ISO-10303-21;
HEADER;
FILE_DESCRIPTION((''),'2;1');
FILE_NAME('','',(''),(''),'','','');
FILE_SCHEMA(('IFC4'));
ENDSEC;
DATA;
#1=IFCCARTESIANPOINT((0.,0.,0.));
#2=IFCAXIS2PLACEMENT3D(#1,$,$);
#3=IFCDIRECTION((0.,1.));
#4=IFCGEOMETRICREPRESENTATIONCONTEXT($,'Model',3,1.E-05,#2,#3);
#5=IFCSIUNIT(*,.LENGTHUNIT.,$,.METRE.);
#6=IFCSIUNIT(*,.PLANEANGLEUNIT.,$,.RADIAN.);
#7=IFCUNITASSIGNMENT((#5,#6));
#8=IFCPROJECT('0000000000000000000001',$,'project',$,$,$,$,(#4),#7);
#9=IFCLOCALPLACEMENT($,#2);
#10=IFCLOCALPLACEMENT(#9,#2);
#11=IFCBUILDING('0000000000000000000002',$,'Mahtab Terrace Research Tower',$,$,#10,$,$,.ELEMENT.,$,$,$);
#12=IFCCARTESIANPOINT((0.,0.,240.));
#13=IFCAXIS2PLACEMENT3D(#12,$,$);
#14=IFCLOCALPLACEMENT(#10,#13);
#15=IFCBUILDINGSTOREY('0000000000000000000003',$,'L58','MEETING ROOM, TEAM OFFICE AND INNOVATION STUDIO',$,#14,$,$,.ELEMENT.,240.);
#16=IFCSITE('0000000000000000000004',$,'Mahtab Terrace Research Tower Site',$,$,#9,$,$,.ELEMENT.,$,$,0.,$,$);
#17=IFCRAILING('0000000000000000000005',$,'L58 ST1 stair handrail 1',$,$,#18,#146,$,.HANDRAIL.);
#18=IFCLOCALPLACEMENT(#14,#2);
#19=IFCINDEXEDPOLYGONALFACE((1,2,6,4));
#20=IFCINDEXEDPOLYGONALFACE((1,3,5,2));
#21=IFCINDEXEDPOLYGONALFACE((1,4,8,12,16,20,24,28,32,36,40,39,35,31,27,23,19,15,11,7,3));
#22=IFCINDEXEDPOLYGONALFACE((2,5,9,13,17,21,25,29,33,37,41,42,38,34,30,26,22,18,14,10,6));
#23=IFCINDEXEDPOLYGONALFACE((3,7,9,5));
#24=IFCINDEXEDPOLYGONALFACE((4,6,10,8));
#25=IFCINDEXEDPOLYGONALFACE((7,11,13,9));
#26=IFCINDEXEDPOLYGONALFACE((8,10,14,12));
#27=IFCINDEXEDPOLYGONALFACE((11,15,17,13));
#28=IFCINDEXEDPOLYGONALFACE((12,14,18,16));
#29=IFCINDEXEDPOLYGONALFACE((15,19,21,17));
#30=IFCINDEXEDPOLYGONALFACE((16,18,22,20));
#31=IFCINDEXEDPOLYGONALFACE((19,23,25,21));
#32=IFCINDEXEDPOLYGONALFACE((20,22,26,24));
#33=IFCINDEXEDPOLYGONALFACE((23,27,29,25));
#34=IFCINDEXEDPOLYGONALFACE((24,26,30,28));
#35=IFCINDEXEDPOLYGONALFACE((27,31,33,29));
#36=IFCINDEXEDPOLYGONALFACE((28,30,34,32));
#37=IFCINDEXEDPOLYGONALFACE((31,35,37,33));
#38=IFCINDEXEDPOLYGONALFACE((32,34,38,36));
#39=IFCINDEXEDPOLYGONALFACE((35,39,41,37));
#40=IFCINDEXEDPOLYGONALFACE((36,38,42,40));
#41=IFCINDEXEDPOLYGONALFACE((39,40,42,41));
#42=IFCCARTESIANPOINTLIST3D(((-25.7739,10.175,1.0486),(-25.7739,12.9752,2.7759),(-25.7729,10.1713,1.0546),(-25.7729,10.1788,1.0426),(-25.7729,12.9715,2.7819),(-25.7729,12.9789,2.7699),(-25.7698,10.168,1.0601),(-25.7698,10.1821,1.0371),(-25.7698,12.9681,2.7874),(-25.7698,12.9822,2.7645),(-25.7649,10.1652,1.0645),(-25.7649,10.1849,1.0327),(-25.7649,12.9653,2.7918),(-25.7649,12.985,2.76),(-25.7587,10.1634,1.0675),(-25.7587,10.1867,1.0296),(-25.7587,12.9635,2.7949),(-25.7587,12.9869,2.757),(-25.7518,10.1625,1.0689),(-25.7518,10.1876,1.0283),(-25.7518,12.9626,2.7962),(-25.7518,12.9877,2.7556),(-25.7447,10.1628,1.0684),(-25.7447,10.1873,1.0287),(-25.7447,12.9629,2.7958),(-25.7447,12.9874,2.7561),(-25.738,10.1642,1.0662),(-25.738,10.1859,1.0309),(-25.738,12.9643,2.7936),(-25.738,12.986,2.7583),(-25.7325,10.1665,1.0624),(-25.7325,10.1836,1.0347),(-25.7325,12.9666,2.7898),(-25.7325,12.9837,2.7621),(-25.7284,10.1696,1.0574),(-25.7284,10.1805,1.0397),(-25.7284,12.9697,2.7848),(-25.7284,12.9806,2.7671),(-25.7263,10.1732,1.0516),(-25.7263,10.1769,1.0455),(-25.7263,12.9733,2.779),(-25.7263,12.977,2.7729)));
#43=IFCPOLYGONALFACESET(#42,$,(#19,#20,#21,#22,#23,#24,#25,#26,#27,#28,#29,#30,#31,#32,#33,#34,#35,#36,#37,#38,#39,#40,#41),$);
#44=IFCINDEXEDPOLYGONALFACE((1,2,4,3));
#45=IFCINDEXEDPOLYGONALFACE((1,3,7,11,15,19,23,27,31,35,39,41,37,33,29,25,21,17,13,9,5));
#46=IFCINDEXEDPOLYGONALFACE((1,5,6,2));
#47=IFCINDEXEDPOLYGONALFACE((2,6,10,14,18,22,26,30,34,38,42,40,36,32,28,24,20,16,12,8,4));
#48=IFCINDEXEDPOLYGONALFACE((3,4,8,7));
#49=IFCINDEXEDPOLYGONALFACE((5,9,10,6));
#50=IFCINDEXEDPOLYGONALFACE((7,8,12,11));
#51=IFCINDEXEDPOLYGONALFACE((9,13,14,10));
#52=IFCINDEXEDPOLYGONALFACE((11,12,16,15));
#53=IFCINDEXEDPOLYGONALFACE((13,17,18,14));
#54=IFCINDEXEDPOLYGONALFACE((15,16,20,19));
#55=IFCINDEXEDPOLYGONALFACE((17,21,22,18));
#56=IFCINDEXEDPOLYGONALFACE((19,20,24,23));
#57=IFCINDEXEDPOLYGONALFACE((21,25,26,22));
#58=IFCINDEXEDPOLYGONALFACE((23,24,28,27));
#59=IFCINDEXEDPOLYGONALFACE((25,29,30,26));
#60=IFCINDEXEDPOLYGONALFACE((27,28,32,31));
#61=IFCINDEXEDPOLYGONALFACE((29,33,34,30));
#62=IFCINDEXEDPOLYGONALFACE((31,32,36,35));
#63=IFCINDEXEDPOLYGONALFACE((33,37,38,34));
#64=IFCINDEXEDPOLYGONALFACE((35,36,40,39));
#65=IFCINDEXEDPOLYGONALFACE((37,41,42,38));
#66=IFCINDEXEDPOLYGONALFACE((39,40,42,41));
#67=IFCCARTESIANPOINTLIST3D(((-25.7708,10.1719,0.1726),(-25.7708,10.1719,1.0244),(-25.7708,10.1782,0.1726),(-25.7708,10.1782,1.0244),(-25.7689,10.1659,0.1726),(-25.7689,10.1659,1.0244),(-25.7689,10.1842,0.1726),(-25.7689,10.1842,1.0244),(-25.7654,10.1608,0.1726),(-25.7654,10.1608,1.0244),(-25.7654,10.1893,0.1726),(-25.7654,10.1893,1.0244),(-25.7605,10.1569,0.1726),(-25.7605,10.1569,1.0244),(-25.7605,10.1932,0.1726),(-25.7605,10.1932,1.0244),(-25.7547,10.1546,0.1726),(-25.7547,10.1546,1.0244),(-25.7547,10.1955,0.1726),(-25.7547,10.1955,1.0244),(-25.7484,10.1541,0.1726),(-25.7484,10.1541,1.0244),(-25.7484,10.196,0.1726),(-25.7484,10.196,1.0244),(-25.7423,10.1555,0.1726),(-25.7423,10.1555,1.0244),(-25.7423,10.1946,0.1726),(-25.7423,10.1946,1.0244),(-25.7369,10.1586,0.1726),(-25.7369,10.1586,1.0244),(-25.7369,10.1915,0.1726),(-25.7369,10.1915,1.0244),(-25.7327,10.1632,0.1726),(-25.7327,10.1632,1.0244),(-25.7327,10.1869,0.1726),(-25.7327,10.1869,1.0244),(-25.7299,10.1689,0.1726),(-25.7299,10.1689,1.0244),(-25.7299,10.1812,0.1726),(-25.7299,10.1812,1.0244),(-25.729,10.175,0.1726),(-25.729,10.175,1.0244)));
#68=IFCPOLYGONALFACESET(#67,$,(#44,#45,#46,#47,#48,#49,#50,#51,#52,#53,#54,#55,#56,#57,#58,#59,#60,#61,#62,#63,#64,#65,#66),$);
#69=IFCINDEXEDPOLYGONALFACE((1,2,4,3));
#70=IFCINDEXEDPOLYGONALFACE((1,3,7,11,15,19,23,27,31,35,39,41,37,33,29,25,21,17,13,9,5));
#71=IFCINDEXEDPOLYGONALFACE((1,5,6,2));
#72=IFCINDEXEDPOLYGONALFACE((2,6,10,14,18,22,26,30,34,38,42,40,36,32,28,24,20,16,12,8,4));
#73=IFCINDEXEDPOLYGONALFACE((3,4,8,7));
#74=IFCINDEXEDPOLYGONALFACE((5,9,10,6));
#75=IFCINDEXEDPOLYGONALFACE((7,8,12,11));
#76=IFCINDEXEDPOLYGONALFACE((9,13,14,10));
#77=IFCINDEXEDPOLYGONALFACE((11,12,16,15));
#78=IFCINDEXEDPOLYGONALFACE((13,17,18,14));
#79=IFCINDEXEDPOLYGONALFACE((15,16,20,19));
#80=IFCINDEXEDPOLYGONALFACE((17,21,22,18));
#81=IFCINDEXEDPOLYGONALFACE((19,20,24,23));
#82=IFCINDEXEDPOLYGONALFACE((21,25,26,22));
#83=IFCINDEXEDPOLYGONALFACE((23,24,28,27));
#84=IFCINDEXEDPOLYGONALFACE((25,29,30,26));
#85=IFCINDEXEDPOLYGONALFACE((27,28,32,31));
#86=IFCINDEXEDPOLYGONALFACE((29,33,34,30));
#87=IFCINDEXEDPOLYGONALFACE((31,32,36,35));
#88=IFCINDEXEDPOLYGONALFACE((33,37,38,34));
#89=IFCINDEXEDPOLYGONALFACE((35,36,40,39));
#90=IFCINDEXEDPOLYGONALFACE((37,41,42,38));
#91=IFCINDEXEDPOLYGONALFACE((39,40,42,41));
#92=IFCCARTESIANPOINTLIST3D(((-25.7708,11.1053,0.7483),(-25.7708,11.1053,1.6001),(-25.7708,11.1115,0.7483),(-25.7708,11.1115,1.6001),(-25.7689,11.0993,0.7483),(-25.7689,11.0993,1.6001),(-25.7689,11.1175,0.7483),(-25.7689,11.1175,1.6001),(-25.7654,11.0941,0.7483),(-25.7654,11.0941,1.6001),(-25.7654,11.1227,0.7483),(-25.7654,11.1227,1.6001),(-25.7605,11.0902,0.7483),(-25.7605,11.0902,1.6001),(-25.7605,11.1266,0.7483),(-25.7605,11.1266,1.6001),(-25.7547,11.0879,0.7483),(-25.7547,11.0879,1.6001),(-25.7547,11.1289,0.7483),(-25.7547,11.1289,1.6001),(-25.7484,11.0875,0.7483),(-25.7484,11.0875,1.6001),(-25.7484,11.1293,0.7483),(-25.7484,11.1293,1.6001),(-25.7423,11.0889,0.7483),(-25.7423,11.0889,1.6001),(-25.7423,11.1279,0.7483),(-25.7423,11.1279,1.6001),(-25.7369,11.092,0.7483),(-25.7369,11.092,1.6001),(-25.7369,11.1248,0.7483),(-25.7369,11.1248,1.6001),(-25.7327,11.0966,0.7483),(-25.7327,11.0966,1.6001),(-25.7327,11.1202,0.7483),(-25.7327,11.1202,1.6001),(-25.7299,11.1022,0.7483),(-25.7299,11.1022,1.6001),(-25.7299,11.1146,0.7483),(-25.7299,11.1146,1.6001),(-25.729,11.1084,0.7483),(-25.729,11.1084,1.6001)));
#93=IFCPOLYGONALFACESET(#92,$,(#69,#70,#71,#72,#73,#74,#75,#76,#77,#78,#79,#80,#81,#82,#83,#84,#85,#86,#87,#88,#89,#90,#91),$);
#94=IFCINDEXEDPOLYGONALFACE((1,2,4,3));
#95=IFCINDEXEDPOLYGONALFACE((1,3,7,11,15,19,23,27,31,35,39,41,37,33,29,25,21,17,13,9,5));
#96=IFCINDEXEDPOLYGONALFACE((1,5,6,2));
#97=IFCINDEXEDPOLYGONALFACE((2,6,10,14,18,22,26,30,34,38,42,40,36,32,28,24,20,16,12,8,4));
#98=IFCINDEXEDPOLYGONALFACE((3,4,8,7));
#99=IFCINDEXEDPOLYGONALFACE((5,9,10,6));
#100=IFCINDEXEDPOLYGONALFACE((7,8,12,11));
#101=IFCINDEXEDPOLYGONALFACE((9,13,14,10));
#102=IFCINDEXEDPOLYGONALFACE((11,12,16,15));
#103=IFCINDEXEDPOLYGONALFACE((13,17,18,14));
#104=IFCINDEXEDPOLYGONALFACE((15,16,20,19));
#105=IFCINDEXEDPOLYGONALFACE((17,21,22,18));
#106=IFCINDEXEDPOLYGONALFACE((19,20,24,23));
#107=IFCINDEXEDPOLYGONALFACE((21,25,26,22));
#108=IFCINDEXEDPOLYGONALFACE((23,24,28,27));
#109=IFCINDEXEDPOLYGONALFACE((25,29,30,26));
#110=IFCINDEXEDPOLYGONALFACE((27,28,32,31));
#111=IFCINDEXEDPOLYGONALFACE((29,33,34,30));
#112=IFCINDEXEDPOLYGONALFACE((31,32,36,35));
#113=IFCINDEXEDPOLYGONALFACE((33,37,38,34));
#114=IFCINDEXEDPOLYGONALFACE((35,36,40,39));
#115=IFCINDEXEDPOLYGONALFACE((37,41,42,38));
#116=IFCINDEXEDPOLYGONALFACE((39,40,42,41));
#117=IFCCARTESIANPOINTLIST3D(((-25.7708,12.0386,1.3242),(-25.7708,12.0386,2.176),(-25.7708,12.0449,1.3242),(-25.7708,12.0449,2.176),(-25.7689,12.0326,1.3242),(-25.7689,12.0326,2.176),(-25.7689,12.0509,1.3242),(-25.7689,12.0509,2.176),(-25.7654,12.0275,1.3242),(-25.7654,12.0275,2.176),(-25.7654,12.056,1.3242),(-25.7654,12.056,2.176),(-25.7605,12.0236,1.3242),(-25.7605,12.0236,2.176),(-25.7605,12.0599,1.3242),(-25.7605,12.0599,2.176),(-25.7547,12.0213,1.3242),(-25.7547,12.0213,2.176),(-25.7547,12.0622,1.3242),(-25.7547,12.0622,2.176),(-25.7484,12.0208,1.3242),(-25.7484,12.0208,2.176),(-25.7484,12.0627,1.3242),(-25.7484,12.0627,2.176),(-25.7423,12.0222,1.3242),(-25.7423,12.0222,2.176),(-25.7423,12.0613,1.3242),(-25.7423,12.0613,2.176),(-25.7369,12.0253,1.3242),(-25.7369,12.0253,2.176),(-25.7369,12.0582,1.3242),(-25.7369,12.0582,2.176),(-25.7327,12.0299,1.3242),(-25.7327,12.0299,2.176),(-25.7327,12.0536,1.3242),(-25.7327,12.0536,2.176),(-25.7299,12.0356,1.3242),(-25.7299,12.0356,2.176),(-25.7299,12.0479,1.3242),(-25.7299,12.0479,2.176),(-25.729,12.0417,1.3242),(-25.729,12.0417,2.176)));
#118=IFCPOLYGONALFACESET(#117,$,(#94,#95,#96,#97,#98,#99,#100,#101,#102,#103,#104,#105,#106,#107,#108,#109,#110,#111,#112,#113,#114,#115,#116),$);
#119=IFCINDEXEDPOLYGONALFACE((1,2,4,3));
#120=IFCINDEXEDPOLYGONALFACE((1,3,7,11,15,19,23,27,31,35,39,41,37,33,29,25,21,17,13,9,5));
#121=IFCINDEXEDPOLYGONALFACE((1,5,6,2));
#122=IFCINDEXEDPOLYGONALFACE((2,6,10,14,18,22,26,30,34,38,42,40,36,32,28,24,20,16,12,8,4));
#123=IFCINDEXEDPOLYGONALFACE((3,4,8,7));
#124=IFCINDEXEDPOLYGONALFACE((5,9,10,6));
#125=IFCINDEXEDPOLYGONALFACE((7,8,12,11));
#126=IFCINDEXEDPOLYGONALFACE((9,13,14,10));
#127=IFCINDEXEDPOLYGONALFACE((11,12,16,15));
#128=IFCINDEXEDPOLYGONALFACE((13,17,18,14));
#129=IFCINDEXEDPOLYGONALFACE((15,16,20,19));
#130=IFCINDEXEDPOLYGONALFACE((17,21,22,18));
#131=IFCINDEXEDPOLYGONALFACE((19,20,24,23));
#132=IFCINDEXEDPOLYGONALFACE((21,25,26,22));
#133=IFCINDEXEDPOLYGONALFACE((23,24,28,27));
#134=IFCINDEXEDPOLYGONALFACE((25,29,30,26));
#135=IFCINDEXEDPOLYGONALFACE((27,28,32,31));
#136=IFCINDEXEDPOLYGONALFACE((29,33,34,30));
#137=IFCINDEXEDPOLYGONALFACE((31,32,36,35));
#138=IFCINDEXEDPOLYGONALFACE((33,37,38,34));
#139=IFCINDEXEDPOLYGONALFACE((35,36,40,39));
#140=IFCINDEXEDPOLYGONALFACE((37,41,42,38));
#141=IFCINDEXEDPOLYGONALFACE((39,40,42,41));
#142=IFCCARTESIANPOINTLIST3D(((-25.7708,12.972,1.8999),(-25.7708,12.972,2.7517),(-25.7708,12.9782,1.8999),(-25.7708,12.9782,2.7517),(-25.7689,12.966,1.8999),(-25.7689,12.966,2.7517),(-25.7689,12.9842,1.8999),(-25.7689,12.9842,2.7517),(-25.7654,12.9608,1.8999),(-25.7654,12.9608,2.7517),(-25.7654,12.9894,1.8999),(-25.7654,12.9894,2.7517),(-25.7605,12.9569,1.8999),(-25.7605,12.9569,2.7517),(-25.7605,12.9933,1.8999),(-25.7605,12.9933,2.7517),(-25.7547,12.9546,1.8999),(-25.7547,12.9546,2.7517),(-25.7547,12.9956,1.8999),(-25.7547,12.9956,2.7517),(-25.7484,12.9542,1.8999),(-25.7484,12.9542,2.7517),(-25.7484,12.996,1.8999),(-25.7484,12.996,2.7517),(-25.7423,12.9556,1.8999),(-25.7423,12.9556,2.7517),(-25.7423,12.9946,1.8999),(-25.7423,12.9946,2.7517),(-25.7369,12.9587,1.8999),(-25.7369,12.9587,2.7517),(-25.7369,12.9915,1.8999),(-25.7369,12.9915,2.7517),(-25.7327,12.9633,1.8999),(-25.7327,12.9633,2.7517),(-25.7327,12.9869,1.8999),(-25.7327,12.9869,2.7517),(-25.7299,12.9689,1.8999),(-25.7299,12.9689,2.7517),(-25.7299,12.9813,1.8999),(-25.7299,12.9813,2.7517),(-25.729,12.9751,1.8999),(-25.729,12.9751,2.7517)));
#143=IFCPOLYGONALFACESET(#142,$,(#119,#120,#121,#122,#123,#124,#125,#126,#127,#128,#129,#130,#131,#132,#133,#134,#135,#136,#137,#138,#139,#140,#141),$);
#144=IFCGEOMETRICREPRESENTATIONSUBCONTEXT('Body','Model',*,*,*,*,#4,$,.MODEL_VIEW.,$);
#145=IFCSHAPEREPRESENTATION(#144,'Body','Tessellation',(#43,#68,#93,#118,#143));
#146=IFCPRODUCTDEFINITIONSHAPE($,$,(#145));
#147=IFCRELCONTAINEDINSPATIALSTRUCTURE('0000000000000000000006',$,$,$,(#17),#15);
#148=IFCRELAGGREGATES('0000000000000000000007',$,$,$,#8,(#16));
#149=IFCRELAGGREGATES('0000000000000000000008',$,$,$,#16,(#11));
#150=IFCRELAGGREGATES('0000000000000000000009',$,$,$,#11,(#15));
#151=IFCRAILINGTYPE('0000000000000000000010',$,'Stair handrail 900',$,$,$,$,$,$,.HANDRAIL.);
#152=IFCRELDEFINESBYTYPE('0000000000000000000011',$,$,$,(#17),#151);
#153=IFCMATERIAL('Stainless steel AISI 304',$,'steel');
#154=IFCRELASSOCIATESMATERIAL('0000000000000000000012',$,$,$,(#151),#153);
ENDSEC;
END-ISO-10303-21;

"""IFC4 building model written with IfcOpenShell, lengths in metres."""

from ifc_helpers import new_model, si_unit, direction, frame, origin, origin_2d, place, context, subcontext, project, spatial, circle, extrude, material, type_object, element, save


model = new_model("IFC4")

# Units and contexts
model_context = context("Model", 3, precision=1e-05, world=origin(), true_north=direction((0.0, 1.0)))
body_context = subcontext(model_context, "Body", "Model", "MODEL_VIEW")
ifc_project = project(units=[si_unit("LENGTHUNIT", "METRE"), si_unit("PLANEANGLEUNIT", "RADIAN")], contexts=[model_context])

# Site, building, storey
site_placement = place(None, origin())
site = spatial("IfcSite", under=ifc_project, at=site_placement, Name="Mahtab Terrace Research Tower Site", CompositionType="ELEMENT", RefElevation=0.0)
building_placement = place(site_placement, origin())
building = spatial("IfcBuilding", under=site, at=building_placement, Name="Mahtab Terrace Research Tower", CompositionType="ELEMENT")
storey_placement = place(building_placement, frame((0.0, 0.0, 240.0)))
storey = spatial("IfcBuildingStorey", under=building, at=storey_placement, Name="L58", Description="MEETING ROOM, TEAM OFFICE AND INNOVATION STUDIO", CompositionType="ELEMENT", Elevation=240.0)

# Railing
ifc_material_1 = material(Name="Stainless steel AISI 304", Category="steel")
railing_type_1 = type_object("IfcRailingType", Name="Stair handrail 900", PredefinedType="HANDRAIL", material=ifc_material_1)
railing_1_placement = place(storey_placement, frame((-25.75, 10.175, 0.1726)))
element("IfcRailing", 1, at=railing_1_placement, inside=storey, type_object=railing_type_1, Name="L58 ST1 stair handrail 1", PredefinedType="HANDRAIL", context=body_context, shape_type="SweptSolid", body=[
    extrude(circle(Radius=0.0239, at=origin_2d()), frame((0.0, 0.0, 0.876), z_axis=(0.0, 0.85109, 0.52502), x_axis=(-1.0, 0.0, 0.0)), (0.0, 0.0, 1.0), 3.29),
    extrude(circle(Radius=0.021, at=origin_2d()), origin(), (0.0, 0.0, 1.0), 0.8518),
    extrude(circle(Radius=0.021, at=origin_2d()), frame((0.0, 0.9333, 0.5757)), (0.0, 0.0, 1.0), 0.8518),
    extrude(circle(Radius=0.021, at=origin_2d()), frame((0.0, 1.8667, 1.1516)), (0.0, 0.0, 1.0), 0.8518),
    extrude(circle(Radius=0.021, at=origin_2d()), frame((0.0, 2.8, 1.7273)), (0.0, 0.0, 1.0), 0.8518),
])

save(model, "model.ifc")
